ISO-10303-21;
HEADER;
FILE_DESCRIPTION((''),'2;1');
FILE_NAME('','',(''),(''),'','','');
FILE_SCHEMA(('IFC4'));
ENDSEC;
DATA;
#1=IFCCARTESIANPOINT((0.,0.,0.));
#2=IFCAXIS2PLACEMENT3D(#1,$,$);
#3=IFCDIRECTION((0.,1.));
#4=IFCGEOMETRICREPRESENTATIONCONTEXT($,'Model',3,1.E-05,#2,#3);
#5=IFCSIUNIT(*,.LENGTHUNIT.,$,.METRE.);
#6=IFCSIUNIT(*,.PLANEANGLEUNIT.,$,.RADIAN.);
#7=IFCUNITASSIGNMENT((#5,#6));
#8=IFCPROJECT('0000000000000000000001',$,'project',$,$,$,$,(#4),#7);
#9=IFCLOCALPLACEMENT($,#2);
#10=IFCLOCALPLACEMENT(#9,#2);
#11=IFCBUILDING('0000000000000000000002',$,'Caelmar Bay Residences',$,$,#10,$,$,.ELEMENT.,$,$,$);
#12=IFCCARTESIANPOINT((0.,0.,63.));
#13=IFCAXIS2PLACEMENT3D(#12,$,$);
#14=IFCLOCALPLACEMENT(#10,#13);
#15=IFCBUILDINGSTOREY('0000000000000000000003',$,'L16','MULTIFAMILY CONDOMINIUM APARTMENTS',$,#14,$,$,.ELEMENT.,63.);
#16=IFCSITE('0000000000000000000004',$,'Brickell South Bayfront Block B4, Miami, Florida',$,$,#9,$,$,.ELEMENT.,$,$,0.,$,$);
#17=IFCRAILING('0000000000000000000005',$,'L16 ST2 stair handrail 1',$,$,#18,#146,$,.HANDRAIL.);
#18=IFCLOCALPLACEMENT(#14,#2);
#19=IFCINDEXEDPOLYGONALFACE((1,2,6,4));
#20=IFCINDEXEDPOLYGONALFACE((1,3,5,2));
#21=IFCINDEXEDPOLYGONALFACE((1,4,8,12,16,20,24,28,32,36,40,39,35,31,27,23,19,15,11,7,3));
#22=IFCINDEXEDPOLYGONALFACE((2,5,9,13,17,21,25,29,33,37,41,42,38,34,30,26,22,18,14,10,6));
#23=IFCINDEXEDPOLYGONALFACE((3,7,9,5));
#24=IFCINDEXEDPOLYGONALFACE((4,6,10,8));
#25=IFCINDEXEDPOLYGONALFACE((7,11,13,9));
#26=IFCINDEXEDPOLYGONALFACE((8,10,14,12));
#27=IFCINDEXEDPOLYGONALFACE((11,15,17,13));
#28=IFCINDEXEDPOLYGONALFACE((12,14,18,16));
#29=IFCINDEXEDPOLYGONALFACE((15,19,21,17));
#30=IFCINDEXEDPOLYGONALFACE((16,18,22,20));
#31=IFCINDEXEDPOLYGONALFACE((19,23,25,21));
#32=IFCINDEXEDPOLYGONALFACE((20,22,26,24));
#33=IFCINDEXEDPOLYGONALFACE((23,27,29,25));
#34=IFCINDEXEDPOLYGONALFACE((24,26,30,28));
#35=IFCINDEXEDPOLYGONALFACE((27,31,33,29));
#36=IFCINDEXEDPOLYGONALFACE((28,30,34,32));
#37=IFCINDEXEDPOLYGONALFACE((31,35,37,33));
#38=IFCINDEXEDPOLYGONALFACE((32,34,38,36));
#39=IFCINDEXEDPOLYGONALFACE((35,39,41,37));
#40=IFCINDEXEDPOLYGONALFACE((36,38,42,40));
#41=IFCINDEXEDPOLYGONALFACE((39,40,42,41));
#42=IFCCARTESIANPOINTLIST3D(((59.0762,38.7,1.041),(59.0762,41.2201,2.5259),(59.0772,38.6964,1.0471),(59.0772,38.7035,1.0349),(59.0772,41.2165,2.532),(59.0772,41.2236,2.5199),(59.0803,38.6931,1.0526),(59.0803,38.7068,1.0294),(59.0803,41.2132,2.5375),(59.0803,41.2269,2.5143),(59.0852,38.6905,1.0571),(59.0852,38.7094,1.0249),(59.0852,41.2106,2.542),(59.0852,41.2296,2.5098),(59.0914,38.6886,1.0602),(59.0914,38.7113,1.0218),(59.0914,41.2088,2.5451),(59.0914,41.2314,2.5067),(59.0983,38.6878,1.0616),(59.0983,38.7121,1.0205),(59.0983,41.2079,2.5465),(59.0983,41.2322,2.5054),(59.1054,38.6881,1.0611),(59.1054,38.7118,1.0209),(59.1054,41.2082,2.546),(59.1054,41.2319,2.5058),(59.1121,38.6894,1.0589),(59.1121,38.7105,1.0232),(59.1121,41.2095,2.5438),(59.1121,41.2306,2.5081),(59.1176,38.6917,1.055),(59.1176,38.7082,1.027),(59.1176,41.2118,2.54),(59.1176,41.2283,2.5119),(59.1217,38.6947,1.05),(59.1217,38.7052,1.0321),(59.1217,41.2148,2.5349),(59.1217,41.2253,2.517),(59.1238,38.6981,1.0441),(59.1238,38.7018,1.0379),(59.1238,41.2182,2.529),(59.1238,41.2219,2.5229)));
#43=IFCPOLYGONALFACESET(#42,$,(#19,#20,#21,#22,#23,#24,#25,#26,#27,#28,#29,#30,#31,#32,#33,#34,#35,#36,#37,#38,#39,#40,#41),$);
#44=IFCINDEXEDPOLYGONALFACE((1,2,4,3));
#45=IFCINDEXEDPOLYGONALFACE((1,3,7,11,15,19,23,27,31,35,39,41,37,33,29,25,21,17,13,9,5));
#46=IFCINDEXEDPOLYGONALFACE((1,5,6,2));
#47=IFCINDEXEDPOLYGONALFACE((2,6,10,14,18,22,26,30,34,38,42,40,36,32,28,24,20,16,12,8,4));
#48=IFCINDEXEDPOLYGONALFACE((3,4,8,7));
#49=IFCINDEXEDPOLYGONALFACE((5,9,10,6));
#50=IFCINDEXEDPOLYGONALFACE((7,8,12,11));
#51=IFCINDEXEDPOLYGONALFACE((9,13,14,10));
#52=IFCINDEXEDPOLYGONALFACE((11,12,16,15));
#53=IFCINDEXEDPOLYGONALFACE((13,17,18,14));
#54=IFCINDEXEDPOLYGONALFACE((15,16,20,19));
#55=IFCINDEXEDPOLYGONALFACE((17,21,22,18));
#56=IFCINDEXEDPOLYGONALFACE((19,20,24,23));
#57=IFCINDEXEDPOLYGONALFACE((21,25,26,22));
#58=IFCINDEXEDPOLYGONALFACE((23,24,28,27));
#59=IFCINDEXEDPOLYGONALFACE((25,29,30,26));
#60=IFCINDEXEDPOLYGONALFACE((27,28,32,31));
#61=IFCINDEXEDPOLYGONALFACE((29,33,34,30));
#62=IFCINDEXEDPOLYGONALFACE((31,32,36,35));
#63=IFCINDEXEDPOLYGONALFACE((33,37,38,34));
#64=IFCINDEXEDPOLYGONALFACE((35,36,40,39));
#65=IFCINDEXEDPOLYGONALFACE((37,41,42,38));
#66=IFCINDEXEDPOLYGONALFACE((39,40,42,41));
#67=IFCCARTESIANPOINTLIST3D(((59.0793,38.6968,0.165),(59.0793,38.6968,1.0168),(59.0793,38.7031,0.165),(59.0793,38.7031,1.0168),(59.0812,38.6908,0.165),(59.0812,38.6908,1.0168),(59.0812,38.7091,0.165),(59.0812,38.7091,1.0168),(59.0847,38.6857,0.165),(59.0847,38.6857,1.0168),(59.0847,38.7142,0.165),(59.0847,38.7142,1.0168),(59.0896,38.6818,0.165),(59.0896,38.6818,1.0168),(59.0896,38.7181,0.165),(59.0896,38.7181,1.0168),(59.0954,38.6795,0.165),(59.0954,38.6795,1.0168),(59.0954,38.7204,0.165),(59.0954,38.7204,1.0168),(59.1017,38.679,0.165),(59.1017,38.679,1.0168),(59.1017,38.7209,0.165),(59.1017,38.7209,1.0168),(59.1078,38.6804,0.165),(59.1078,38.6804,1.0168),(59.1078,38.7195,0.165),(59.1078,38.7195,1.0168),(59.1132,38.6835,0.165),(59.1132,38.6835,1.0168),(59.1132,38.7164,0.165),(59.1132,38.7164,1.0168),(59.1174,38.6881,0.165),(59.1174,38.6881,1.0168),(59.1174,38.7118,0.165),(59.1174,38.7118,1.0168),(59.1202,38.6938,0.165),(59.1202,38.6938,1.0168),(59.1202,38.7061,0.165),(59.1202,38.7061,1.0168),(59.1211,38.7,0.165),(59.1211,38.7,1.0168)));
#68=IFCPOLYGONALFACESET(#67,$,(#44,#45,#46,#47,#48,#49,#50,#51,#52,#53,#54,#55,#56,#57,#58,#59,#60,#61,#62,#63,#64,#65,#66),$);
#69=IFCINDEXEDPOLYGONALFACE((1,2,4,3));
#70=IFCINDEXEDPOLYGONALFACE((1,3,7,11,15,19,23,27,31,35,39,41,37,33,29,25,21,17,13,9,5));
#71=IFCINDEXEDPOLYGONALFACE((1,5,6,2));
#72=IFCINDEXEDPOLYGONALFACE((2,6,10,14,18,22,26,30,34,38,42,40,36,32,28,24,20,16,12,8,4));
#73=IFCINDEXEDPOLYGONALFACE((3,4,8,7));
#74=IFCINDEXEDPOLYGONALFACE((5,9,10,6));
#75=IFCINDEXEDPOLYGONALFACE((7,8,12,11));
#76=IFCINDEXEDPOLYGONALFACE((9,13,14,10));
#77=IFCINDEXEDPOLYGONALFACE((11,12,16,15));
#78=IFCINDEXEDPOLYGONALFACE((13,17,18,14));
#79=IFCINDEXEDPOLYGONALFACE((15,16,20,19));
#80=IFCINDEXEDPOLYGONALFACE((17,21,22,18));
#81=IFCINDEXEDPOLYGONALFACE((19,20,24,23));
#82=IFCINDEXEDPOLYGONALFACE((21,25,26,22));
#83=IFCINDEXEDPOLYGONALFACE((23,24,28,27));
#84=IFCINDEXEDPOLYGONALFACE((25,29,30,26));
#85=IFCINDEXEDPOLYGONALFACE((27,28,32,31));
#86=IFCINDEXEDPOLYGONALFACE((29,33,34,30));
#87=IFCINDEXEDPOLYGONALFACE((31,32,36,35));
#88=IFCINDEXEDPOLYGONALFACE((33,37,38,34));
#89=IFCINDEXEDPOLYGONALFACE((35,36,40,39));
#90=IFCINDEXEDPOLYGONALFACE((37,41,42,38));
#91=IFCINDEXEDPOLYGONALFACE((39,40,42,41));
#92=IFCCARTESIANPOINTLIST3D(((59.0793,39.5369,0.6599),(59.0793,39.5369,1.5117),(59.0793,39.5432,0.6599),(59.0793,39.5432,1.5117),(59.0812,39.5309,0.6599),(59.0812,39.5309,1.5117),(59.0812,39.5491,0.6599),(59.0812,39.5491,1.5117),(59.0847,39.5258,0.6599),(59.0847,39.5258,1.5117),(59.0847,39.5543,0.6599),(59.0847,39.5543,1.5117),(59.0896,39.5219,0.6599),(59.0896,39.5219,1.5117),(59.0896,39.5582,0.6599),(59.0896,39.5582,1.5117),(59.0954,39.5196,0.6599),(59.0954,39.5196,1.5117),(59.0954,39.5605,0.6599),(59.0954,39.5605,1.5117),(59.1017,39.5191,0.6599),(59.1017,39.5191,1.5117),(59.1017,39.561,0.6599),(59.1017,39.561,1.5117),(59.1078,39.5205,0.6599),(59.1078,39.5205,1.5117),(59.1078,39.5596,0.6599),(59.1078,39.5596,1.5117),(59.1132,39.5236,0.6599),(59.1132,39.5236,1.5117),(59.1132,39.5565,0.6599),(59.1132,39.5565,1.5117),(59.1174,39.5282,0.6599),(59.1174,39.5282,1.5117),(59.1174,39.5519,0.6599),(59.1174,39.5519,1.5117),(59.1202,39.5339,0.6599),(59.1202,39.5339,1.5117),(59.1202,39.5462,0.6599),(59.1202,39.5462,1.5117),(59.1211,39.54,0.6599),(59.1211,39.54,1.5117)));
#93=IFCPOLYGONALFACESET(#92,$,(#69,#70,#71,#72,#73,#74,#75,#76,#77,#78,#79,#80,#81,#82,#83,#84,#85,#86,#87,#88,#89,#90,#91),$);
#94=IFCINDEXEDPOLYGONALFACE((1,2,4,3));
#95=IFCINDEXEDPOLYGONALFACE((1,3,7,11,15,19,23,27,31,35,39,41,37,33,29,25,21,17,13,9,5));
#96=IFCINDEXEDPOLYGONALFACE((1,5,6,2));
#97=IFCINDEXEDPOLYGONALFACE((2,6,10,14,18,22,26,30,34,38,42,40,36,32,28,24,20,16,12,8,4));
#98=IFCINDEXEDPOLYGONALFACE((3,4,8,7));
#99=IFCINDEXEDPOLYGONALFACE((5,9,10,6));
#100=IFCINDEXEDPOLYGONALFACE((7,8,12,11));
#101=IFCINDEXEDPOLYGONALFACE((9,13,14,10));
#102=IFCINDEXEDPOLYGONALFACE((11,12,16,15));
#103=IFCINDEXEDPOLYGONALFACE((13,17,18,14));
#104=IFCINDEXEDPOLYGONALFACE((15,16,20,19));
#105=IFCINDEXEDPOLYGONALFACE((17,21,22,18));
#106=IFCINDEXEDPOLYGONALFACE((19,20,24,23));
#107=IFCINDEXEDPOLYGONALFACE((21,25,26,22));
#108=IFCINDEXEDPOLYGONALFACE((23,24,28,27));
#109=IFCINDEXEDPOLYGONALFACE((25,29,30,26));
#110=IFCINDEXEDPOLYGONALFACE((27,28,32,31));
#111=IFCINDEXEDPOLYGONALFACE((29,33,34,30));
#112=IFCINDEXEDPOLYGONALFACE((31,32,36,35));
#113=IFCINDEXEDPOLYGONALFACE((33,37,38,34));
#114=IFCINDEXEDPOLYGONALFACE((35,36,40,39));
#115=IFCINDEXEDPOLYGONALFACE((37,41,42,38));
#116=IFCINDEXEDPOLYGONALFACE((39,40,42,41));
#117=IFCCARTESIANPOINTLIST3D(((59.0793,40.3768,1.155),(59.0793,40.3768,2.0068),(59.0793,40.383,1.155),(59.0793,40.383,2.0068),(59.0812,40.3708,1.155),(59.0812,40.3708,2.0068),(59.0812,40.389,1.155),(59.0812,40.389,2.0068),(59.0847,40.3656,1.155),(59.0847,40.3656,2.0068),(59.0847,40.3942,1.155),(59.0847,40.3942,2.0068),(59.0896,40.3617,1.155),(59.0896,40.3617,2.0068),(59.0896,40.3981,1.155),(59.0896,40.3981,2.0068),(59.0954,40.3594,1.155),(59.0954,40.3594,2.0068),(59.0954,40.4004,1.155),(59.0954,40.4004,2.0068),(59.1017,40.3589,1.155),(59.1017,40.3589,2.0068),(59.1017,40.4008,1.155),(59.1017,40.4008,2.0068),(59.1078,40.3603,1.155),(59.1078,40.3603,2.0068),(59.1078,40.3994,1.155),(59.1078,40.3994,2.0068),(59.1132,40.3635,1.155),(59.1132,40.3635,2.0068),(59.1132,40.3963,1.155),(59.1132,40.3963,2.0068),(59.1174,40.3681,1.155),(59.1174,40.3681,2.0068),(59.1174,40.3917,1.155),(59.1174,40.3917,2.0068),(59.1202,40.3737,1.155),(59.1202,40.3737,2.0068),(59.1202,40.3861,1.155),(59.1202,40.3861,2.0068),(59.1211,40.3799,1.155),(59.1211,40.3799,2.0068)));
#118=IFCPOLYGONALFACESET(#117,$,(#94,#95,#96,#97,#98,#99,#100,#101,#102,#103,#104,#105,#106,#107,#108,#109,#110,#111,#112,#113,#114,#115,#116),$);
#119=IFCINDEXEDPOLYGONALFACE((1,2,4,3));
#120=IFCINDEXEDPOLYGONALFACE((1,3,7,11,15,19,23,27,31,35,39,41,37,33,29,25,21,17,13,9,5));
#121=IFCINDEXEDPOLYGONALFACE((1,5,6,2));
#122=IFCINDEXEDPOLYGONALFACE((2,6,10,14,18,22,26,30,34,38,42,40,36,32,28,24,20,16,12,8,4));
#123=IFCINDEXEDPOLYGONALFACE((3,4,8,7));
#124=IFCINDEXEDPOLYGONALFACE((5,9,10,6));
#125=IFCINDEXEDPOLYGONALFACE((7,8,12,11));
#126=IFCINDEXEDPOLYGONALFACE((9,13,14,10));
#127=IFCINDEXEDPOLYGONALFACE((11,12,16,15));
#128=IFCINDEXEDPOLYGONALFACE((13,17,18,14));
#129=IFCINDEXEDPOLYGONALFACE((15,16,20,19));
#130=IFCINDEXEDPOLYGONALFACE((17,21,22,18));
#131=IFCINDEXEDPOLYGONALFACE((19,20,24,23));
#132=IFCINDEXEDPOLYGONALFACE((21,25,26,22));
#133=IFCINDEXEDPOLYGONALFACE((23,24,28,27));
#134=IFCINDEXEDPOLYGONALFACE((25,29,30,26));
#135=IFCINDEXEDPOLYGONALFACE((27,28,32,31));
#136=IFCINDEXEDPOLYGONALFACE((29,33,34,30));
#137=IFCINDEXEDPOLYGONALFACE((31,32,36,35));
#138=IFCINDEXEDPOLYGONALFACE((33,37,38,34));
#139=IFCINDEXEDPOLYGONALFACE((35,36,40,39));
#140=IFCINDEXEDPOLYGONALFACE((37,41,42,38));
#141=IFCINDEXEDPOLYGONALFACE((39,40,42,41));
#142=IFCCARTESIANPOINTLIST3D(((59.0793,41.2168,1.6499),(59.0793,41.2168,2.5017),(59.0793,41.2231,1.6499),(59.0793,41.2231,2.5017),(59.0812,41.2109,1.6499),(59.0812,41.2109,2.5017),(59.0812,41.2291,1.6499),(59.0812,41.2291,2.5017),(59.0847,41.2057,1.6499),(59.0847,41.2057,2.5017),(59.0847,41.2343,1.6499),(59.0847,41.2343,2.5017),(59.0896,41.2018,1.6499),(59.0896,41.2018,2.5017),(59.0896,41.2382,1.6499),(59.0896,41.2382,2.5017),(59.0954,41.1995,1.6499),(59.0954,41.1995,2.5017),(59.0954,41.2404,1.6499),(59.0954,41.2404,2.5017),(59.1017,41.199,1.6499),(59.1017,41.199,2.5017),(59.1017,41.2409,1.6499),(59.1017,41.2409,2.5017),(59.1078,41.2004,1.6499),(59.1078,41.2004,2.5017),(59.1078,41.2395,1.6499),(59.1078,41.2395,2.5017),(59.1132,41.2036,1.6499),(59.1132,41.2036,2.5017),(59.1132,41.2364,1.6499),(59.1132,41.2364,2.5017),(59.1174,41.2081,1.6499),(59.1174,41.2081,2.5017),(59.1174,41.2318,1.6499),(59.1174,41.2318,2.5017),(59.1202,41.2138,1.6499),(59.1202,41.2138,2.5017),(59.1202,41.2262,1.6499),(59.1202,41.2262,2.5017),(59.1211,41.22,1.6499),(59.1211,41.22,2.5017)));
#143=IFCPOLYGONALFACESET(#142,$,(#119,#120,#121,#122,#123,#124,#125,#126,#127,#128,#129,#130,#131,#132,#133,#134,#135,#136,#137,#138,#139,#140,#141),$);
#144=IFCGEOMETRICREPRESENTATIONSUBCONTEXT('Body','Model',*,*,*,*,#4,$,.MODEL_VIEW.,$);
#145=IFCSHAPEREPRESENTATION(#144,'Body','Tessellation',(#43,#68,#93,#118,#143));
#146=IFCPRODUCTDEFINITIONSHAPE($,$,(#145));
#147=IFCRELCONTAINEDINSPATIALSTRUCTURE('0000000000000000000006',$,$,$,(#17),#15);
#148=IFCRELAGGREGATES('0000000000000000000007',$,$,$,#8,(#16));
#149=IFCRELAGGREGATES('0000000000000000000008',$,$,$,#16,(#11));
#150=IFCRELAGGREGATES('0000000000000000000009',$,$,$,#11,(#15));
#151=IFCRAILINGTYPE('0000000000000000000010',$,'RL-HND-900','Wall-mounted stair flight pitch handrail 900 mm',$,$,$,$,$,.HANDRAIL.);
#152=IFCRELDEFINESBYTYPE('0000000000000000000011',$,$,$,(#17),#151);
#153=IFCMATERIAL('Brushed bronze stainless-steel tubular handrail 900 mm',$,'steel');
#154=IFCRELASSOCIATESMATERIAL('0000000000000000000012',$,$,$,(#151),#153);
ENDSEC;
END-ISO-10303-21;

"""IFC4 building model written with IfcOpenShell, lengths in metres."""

from ifc_helpers import new_model, si_unit, direction, frame, origin, origin_2d, place, context, subcontext, project, spatial, circle, extrude, material, type_object, element, save


model = new_model("IFC4")

# Units and contexts
model_context = context("Model", 3, precision=1e-05, world=origin(), true_north=direction((0.0, 1.0)))
body_context = subcontext(model_context, "Body", "Model", "MODEL_VIEW")
ifc_project = project(units=[si_unit("LENGTHUNIT", "METRE"), si_unit("PLANEANGLEUNIT", "RADIAN")], contexts=[model_context])

# Site, building, storey
site_placement = place(None, origin())
site = spatial("IfcSite", under=ifc_project, at=site_placement, Name="Brickell South Bayfront Block B4, Miami, Florida", CompositionType="ELEMENT", RefElevation=0.0)
building_placement = place(site_placement, origin())
building = spatial("IfcBuilding", under=site, at=building_placement, Name="Caelmar Bay Residences", CompositionType="ELEMENT")
storey_placement = place(building_placement, frame((0.0, 0.0, 63.0)))
storey = spatial("IfcBuildingStorey", under=building, at=storey_placement, Name="L16", Description="MULTIFAMILY CONDOMINIUM APARTMENTS", CompositionType="ELEMENT", Elevation=63.0)

# Railing
ifc_material_1 = material(Name="Brushed bronze stainless-steel tubular handrail 900 mm", Category="steel")
railing_type_1 = type_object("IfcRailingType", Name="RL-HND-900", Description="Wall-mounted stair flight pitch handrail 900 mm", PredefinedType="HANDRAIL", material=ifc_material_1)
railing_1_placement = place(storey_placement, frame((59.1001, 38.7, 0.165)))
element("IfcRailing", 1, at=railing_1_placement, inside=storey, type_object=railing_type_1, Name="L16 ST2 stair handrail 1", PredefinedType="HANDRAIL", context=body_context, shape_type="SweptSolid", body=[
    extrude(circle(Radius=0.0239, at=origin_2d()), frame((0.0, 0.0, 0.876), z_axis=(0.0, 0.861561, 0.507655), x_axis=(-1.0, 0.0, 0.0)), (0.0, 0.0, 1.0), 2.925),
    extrude(circle(Radius=0.021, at=origin_2d()), origin(), (0.0, 0.0, 1.0), 0.8518),
    extrude(circle(Radius=0.021, at=origin_2d()), frame((0.0, 0.8401, 0.4949)), (0.0, 0.0, 1.0), 0.8518),
    extrude(circle(Radius=0.021, at=origin_2d()), frame((0.0, 1.6799, 0.99)), (0.0, 0.0, 1.0), 0.8518),
    extrude(circle(Radius=0.021, at=origin_2d()), frame((0.0, 2.52, 1.4849)), (0.0, 0.0, 1.0), 0.8518),
])

save(model, "model.ifc")
